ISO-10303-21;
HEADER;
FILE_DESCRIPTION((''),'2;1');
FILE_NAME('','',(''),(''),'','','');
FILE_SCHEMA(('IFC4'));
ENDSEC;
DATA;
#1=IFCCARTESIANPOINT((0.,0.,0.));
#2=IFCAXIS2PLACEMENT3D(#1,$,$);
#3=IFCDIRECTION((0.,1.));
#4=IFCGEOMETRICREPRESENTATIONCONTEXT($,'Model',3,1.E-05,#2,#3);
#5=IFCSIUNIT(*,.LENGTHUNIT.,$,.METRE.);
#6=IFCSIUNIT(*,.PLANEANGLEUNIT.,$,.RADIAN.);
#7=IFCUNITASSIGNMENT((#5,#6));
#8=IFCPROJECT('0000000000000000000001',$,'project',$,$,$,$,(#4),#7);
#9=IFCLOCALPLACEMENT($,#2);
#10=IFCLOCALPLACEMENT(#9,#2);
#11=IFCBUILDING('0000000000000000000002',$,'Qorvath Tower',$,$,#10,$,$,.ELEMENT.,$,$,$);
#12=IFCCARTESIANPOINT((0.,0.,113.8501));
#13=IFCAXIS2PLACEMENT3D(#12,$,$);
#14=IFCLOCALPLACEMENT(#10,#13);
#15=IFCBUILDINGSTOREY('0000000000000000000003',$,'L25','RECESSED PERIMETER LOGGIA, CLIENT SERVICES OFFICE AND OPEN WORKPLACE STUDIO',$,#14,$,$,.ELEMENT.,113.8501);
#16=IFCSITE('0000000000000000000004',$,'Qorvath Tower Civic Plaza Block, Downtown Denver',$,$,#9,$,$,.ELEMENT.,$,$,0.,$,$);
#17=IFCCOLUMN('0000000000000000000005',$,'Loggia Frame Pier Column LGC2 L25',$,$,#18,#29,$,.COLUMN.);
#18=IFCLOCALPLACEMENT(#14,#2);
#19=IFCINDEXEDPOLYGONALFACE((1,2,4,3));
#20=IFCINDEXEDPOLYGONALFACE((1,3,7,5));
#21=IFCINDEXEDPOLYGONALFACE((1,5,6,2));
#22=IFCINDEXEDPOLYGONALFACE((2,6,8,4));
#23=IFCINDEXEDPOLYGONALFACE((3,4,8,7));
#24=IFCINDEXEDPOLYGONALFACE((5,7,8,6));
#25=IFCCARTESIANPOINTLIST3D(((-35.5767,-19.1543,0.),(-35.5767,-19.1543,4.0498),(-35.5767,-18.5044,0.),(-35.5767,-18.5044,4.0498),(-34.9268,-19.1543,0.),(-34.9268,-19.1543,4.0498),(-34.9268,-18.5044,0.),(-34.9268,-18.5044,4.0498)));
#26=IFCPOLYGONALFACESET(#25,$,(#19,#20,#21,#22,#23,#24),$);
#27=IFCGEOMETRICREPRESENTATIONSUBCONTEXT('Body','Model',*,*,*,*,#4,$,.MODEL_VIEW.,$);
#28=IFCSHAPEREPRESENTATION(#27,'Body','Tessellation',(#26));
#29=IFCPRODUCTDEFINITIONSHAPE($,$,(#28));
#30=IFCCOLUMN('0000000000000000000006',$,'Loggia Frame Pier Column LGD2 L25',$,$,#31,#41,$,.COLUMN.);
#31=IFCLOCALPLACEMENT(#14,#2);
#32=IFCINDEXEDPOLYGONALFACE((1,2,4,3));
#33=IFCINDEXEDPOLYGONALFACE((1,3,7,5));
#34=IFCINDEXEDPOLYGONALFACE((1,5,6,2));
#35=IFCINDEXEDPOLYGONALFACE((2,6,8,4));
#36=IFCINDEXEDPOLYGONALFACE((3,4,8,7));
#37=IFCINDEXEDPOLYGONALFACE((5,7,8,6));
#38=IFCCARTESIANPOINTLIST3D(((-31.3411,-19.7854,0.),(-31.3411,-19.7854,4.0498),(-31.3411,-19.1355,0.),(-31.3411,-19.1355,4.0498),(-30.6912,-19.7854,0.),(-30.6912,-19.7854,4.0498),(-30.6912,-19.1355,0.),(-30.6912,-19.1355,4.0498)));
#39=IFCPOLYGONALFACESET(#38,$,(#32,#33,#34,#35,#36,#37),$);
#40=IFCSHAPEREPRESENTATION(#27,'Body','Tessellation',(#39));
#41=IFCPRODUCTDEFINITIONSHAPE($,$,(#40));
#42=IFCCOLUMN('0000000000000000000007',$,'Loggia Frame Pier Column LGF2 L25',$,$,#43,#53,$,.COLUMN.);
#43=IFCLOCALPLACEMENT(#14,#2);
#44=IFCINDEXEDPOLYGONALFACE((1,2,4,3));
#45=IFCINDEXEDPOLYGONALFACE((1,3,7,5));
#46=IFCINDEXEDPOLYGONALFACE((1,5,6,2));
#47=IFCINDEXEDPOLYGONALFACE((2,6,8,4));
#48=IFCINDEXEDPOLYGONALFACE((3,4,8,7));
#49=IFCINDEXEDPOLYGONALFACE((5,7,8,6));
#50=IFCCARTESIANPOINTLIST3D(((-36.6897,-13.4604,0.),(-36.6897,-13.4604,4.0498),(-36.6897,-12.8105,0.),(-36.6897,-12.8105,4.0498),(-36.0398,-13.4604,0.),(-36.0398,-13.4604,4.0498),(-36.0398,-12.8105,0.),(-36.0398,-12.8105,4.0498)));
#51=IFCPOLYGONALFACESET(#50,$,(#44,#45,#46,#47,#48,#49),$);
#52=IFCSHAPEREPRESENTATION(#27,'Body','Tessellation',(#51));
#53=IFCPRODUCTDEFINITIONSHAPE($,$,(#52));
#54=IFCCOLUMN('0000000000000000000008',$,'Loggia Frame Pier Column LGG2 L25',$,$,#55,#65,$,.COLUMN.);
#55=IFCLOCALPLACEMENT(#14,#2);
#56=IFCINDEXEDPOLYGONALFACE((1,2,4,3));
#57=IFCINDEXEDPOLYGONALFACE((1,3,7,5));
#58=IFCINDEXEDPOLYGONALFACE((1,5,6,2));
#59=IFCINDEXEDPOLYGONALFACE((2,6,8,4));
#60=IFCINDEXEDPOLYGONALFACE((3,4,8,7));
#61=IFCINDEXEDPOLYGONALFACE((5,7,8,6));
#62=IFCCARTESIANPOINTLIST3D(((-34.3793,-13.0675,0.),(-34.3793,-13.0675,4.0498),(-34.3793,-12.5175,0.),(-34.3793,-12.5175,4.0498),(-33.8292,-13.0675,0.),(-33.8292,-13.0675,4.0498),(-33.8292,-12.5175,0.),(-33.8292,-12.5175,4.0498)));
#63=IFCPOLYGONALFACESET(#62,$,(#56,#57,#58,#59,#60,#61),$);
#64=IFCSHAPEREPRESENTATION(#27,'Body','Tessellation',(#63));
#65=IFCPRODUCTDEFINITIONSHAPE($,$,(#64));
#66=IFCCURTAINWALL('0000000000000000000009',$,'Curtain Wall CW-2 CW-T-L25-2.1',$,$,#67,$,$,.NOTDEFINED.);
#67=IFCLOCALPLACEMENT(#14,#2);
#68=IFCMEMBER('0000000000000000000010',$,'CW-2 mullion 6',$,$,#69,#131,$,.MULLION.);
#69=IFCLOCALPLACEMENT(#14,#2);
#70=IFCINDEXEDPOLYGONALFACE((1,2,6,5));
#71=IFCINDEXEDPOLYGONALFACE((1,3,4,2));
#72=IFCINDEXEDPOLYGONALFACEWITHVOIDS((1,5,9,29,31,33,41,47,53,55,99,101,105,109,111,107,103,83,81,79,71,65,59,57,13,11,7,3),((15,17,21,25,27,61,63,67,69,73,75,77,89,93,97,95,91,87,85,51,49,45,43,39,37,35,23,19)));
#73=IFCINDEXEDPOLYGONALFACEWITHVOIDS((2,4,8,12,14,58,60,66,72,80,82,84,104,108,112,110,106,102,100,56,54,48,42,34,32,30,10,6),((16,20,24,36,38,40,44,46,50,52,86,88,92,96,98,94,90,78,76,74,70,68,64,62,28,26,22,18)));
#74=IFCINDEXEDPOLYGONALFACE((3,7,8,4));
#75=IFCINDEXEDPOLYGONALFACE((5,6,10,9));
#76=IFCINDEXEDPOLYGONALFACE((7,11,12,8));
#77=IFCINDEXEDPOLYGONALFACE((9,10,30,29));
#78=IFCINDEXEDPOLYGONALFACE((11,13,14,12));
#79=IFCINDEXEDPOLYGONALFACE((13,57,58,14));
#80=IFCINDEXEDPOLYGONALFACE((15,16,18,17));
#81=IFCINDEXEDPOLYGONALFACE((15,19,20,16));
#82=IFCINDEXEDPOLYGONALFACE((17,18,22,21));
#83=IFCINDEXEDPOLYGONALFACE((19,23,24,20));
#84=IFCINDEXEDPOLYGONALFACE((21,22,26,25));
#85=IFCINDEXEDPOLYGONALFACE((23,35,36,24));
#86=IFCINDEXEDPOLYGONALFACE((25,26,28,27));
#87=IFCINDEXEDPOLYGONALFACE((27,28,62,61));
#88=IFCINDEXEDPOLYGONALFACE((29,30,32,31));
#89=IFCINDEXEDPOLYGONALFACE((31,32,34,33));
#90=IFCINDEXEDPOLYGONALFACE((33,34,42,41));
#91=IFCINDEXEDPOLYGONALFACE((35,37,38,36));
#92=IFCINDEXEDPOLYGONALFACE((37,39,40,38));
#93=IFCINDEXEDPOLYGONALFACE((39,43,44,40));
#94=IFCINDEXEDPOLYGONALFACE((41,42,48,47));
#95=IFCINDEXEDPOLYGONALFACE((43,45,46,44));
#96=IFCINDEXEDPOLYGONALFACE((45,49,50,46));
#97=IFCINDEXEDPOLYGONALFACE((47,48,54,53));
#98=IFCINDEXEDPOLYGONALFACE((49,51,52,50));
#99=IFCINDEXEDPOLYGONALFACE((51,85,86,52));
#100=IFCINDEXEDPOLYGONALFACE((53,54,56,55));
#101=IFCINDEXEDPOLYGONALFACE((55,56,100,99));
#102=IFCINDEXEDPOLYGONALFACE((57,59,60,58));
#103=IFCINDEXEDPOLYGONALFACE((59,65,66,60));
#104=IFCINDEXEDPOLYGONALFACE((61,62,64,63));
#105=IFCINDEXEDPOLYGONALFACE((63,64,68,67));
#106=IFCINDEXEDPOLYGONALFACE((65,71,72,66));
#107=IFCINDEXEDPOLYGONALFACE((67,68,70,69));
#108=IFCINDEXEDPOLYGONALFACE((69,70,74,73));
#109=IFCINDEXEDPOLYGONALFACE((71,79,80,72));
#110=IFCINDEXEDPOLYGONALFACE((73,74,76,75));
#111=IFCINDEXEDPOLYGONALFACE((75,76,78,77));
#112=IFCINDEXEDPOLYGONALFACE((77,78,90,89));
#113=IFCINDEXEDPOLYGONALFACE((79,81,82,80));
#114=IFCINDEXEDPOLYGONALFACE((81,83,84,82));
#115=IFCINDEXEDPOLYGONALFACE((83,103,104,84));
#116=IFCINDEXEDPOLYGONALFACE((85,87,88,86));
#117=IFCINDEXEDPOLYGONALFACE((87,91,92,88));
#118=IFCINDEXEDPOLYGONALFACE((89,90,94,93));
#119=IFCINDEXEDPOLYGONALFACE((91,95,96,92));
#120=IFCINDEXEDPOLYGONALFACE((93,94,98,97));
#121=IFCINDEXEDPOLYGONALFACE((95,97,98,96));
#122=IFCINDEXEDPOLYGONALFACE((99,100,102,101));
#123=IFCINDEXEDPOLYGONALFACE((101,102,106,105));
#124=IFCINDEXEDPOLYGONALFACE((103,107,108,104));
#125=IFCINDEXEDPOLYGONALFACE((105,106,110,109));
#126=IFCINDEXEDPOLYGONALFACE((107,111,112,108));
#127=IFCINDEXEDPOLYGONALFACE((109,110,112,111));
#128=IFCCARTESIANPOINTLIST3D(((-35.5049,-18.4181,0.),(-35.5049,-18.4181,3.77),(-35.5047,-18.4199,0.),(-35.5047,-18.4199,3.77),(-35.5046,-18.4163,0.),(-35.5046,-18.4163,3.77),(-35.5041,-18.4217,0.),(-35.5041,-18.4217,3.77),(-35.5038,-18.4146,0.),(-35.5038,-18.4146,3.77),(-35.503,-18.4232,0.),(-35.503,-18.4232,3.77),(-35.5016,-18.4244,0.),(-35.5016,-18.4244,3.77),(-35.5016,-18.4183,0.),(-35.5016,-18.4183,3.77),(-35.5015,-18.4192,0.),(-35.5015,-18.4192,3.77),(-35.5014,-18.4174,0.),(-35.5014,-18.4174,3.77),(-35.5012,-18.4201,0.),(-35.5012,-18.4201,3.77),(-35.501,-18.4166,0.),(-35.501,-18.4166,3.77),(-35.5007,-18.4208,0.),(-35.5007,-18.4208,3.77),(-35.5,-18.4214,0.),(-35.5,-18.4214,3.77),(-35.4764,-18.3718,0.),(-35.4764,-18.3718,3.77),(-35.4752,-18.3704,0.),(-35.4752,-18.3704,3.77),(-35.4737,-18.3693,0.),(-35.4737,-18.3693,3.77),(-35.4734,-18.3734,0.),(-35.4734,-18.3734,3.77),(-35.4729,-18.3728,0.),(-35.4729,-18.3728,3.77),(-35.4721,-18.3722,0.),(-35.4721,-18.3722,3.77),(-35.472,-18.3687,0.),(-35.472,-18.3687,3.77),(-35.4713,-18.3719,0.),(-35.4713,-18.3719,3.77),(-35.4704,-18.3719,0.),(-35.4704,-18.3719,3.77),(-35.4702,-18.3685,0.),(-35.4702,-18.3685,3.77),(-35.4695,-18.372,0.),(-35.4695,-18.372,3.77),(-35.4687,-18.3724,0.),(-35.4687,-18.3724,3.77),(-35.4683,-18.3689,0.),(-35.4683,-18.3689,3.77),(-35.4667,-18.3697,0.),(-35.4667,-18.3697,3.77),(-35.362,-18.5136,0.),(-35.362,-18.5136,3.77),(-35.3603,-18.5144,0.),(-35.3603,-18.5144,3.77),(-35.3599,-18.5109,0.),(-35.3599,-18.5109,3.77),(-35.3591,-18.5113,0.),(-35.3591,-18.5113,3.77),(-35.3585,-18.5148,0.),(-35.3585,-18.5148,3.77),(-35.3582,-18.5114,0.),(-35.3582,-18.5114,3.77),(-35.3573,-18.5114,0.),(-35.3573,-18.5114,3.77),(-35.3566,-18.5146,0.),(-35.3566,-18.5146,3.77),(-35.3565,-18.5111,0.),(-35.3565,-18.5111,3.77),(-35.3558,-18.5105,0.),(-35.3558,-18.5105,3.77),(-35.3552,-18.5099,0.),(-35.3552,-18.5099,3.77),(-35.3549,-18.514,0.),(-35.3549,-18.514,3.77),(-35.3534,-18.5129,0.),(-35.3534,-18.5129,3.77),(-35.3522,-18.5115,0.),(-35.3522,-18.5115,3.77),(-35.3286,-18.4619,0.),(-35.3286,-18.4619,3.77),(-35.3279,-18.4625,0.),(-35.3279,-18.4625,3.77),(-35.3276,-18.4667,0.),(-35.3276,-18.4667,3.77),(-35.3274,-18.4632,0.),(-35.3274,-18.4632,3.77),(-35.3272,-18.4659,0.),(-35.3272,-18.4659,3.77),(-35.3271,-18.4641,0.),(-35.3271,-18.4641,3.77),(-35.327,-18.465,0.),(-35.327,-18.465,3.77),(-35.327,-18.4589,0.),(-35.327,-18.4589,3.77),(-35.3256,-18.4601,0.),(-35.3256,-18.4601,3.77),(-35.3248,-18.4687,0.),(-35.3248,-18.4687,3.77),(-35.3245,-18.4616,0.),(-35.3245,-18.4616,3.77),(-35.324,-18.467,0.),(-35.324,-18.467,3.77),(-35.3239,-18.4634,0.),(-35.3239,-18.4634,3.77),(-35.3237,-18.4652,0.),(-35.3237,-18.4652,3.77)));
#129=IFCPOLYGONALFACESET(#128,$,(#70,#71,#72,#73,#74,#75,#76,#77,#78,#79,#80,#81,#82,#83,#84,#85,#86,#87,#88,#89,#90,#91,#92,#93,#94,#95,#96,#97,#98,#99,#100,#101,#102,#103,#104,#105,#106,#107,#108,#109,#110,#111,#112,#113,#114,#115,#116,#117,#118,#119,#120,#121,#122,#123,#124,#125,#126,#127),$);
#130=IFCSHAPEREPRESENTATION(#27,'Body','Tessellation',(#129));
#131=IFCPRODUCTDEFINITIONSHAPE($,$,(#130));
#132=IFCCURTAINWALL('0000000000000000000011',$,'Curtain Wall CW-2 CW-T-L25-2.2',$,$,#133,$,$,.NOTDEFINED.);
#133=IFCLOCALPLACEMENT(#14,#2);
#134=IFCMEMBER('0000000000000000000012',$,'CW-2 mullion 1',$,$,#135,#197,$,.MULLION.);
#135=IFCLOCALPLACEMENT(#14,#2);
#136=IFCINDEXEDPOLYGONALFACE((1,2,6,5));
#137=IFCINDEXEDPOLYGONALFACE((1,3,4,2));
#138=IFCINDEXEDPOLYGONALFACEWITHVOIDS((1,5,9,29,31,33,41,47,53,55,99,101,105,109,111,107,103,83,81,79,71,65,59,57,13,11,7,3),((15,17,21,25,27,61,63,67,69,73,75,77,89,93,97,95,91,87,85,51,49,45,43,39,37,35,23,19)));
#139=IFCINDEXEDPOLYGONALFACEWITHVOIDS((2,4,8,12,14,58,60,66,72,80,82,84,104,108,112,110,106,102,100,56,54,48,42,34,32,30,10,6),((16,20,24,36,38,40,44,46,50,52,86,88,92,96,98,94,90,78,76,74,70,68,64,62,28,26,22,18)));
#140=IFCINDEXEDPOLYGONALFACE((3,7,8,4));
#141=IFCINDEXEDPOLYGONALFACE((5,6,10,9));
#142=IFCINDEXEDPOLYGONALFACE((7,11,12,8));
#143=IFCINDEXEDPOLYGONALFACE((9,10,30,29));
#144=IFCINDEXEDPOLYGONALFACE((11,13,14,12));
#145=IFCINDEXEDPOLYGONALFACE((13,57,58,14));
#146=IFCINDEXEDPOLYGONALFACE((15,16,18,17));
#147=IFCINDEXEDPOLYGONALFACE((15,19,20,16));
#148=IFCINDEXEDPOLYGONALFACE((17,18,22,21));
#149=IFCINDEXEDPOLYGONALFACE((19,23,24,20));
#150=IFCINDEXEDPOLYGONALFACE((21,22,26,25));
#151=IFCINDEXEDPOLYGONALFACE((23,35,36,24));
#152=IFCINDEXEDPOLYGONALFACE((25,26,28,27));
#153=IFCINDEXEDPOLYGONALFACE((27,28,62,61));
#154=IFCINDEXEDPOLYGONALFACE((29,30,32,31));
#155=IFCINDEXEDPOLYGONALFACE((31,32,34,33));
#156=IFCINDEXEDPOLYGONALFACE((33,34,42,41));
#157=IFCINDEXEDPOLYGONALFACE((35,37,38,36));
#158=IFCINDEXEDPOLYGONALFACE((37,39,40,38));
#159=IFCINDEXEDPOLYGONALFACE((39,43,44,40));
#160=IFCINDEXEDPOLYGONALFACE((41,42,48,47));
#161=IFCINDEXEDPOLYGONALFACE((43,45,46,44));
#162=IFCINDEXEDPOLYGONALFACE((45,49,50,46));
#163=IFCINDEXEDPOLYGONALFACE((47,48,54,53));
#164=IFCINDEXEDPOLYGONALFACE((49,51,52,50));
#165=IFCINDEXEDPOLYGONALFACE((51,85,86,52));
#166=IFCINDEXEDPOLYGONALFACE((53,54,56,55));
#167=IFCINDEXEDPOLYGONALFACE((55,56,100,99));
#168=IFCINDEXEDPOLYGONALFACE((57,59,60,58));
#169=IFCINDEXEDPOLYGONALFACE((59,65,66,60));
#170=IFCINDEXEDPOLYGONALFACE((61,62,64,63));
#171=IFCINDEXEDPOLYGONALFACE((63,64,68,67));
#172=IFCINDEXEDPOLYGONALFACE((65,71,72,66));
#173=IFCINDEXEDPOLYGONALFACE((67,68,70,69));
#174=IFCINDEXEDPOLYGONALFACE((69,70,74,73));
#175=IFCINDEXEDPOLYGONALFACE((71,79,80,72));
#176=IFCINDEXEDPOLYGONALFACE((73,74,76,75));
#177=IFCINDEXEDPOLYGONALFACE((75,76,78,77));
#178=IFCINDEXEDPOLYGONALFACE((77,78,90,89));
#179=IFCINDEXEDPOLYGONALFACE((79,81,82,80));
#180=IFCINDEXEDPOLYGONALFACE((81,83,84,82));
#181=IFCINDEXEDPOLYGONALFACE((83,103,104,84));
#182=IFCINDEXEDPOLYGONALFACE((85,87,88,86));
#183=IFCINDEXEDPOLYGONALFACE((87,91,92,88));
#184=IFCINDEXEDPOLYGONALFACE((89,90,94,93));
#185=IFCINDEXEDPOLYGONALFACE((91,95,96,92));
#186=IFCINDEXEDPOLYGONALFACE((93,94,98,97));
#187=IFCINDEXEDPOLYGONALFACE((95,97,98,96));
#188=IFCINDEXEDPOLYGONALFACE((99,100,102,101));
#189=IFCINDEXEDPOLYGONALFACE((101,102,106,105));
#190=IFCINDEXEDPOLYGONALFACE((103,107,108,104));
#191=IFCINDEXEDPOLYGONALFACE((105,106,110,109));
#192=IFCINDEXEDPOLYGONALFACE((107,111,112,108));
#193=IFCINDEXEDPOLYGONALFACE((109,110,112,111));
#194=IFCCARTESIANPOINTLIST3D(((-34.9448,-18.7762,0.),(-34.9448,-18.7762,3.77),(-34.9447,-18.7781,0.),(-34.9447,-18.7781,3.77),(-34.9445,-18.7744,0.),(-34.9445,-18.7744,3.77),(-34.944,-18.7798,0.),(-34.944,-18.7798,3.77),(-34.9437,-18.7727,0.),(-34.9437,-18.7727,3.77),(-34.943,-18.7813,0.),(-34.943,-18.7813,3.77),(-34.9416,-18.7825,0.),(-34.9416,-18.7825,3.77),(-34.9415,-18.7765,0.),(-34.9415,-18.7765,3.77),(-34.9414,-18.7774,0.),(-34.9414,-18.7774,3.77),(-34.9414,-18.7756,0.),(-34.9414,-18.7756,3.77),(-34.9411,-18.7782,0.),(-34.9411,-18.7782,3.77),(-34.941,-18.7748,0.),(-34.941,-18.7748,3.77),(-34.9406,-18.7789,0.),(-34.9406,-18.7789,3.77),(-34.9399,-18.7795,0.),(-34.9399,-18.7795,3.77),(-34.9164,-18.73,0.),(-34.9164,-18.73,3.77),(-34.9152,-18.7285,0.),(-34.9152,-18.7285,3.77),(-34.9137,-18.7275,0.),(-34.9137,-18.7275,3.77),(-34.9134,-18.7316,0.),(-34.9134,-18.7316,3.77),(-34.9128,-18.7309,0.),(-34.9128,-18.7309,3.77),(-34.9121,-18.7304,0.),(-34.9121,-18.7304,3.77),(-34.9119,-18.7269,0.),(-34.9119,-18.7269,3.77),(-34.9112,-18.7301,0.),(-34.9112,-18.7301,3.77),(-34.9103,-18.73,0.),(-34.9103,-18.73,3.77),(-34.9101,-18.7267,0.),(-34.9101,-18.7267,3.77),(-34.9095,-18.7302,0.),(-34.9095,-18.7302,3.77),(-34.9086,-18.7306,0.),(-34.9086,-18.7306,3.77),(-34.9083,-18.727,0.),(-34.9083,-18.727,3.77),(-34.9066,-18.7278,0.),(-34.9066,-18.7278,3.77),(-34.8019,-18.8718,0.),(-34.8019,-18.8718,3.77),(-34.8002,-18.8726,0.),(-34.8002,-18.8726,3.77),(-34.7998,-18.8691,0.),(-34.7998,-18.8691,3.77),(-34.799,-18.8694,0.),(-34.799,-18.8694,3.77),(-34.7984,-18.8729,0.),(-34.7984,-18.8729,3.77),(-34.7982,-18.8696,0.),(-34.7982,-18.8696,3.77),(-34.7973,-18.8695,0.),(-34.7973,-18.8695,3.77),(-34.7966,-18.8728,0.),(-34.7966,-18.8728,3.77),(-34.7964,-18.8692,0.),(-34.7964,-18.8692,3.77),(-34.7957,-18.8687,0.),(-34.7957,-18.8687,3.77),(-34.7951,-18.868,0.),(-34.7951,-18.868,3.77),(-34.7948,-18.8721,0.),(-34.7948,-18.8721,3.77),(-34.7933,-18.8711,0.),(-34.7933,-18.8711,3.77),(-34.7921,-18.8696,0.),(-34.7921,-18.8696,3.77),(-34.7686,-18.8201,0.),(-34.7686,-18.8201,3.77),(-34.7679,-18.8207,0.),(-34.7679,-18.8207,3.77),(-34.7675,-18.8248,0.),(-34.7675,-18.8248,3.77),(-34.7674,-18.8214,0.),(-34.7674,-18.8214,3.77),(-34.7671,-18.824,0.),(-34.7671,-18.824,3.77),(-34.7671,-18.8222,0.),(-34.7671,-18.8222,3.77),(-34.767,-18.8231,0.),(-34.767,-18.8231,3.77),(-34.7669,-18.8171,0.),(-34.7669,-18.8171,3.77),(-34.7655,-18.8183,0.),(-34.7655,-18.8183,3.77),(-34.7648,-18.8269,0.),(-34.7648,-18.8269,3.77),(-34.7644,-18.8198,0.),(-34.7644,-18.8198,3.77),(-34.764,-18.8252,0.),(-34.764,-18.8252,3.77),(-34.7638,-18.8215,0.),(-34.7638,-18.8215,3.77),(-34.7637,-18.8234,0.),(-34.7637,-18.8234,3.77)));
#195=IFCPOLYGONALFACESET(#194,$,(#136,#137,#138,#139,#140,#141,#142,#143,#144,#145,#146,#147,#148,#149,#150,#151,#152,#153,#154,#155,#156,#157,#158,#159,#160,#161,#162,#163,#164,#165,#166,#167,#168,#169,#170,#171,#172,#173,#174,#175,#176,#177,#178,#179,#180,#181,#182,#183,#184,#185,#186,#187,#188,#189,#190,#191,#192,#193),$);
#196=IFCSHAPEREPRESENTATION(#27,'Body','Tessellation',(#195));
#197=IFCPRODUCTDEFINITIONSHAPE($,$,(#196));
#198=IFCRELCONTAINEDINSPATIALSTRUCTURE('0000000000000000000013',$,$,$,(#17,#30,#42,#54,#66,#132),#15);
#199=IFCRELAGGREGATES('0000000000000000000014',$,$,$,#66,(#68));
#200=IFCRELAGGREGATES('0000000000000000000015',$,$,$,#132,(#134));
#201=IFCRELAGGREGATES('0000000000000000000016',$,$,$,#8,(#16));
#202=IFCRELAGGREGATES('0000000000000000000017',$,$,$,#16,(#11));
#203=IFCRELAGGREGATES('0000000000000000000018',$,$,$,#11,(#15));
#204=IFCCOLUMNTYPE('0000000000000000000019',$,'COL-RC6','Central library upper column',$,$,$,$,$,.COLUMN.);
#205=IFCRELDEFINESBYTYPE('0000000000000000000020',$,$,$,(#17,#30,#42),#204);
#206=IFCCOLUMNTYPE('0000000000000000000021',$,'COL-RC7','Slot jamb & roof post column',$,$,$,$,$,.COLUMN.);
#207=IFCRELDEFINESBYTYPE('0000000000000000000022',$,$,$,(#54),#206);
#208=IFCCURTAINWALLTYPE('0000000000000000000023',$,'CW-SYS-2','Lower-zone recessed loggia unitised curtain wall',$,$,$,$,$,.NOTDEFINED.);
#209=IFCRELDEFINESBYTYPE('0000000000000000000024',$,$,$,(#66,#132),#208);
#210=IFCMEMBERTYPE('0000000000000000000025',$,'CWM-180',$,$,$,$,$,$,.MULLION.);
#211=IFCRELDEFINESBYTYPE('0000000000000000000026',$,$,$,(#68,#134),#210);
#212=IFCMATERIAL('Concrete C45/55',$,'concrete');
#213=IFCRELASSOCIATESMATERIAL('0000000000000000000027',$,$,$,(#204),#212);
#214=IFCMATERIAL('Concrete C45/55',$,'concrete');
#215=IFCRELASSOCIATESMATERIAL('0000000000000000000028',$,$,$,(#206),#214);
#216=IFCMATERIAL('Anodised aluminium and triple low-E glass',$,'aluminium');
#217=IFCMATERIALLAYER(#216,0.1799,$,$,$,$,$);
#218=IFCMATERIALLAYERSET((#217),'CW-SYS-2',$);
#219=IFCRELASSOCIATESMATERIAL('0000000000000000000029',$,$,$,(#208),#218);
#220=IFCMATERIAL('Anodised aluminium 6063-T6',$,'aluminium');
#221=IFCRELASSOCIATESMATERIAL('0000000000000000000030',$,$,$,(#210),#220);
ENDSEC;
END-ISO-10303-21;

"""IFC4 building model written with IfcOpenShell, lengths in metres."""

from ifc_helpers import new_model, si_unit, direction, frame, origin, origin_2d, place, context, subcontext, project, spatial, rectangle, hollow_rectangle, extrude, material, layer, layer_set, material_profile, profile_set, type_object, element, aggregate, save


model = new_model("IFC4")

# Units and contexts
model_context = context("Model", 3, precision=1e-05, world=origin(), true_north=direction((0.0, 1.0)))
body_context = subcontext(model_context, "Body", "Model", "MODEL_VIEW")
ifc_project = project(units=[si_unit("LENGTHUNIT", "METRE"), si_unit("PLANEANGLEUNIT", "RADIAN")], contexts=[model_context])

# Site, building, storey
site_placement = place(None, origin())
site = spatial("IfcSite", under=ifc_project, at=site_placement, Name="Qorvath Tower Civic Plaza Block, Downtown Denver", CompositionType="ELEMENT", RefElevation=0.0)
building_placement = place(site_placement, origin())
building = spatial("IfcBuilding", under=site, at=building_placement, Name="Qorvath Tower", CompositionType="ELEMENT")
storey_placement = place(building_placement, frame((0.0, 0.0, 113.8501)))
storey = spatial("IfcBuildingStorey", under=building, at=storey_placement, Name="L25", Description="RECESSED PERIMETER LOGGIA, CLIENT SERVICES OFFICE AND OPEN WORKPLACE STUDIO", CompositionType="ELEMENT", Elevation=113.8501)

# Columns
ifc_material_1 = material(Name="Concrete C45/55", Category="concrete")
ifc_material_profile_1 = material_profile(ifc_material_1, rectangle(XDim=0.6499, YDim=0.6499, at=origin_2d()), Name="RC 650x650")
ifc_profile_set_1 = profile_set([ifc_material_profile_1], Name="Concrete C45/55")
column_type_1 = type_object("IfcColumnType", Name="COL-RC6", Description="Central library upper column", PredefinedType="COLUMN", material=ifc_profile_set_1)
for number, where, z_axis, x_axis, name in (
    (1, (-35.2517, -18.8293, 0.0), (0.0, 0.0, 1.0), (1.0, 0.0, 0.0), "Loggia Frame Pier Column LGC2 L25"),
    (2, (-31.0161, -19.4604, 0.0), (0.0, 0.0, 1.0), (1.0, 0.0, 0.0), "Loggia Frame Pier Column LGD2 L25"),
    (3, (-36.3647, -13.1355, 0.0), (0.0, 0.0, 1.0), (1.0, 0.0, 0.0), "Loggia Frame Pier Column LGF2 L25"),
):
    element("IfcColumn", number, at=place(storey_placement, frame(where, z_axis=z_axis, x_axis=x_axis)), inside=storey, type_object=column_type_1, Name=name, PredefinedType="COLUMN", context=body_context, shape_type="SweptSolid", body=[
        extrude(rectangle(XDim=0.6499, YDim=0.6499, at=origin_2d()), origin(), (0.0, 0.0, 1.0), 4.0498),
    ])
ifc_material_2 = material(Name="Concrete C45/55", Category="concrete")
ifc_material_profile_2 = material_profile(ifc_material_2, rectangle(XDim=0.55, YDim=0.55, at=origin_2d()), Name="RC 550x550")
ifc_profile_set_2 = profile_set([ifc_material_profile_2], Name="Concrete C45/55")
column_type_2 = type_object("IfcColumnType", Name="COL-RC7", Description="Slot jamb & roof post column", PredefinedType="COLUMN", material=ifc_profile_set_2)
column_placement = place(storey_placement, frame((-34.1042, -12.7925, 0.0), z_axis=(0.0, 0.0, 1.0), x_axis=(1.0, 0.0, 0.0)))
element("IfcColumn", 4, at=column_placement, inside=storey, type_object=column_type_2, Name="Loggia Frame Pier Column LGG2 L25", PredefinedType="COLUMN", context=body_context, shape_type="SweptSolid", body=[
    extrude(rectangle(XDim=0.55, YDim=0.55, at=origin_2d()), origin(), (0.0, 0.0, 1.0), 4.0498),
])

# Curtain wall, member
ifc_material_3 = material(Name="Anodised aluminium and triple low-E glass", Category="aluminium")
ifc_layer_1 = layer(ifc_material_3, 0.1799)
ifc_layer_set_1 = layer_set([ifc_layer_1], Name="CW-SYS-2")
curtain_wall_type = type_object("IfcCurtainWallType", Name="CW-SYS-2", Description="Lower-zone recessed loggia unitised curtain wall", PredefinedType="NOTDEFINED", material=ifc_layer_set_1)
curtain_wall_1_placement = place(storey_placement, origin())
curtain_wall_1 = element("IfcCurtainWall", 5, at=curtain_wall_1_placement, inside=storey, type_object=curtain_wall_type, Name="Curtain Wall CW-2 CW-T-L25-2.1", PredefinedType="NOTDEFINED")
ifc_material_4 = material(Name="Anodised aluminium 6063-T6", Category="aluminium")
ifc_material_profile_3 = material_profile(ifc_material_4, hollow_rectangle(XDim=0.0649, YDim=0.1799, WallThickness=0.0034, InnerFilletRadius=0.0034, OuterFilletRadius=0.0071, at=origin_2d()), Name="CWM 180x65")
ifc_profile_set_3 = profile_set([ifc_material_profile_3], Name="Anodised aluminium 6063-T6")
member_type_1 = type_object("IfcMemberType", Name="CWM-180", PredefinedType="MULLION", material=ifc_profile_set_3)
member_1_placement = place(storey_placement, frame((-35.4143, -18.4417, 0.0), z_axis=(0.0, 0.0, 1.0), x_axis=(0.53853, 0.842606, 0.0)))
member_1 = element("IfcMember", 6, at=member_1_placement, type_object=member_type_1, Name="CW-2 mullion 6", PredefinedType="MULLION", context=body_context, shape_type="SweptSolid", body=[
    extrude(hollow_rectangle(XDim=0.0649, YDim=0.1799, WallThickness=0.0034, InnerFilletRadius=0.0034, OuterFilletRadius=0.0071, at=origin_2d()), origin(), (0.0, 0.0, 1.0), 3.77),
])

# Curtain wall, member
curtain_wall_2_placement = place(storey_placement, origin())
curtain_wall_2 = element("IfcCurtainWall", 7, at=curtain_wall_2_placement, inside=storey, type_object=curtain_wall_type, Name="Curtain Wall CW-2 CW-T-L25-2.2", PredefinedType="NOTDEFINED")
member_2_placement = place(storey_placement, frame((-34.8542, -18.7998, 0.0), z_axis=(0.0, 0.0, 1.0), x_axis=(0.538538, 0.842601, 0.0)))
member_2 = element("IfcMember", 8, at=member_2_placement, type_object=member_type_1, Name="CW-2 mullion 1", PredefinedType="MULLION", context=body_context, shape_type="SweptSolid", body=[
    extrude(hollow_rectangle(XDim=0.0649, YDim=0.1799, WallThickness=0.0034, InnerFilletRadius=0.0034, OuterFilletRadius=0.0071, at=origin_2d()), origin(), (0.0, 0.0, 1.0), 3.77),
])

aggregate(curtain_wall_1, [member_1])
aggregate(curtain_wall_2, [member_2])

save(model, "model.ifc")
